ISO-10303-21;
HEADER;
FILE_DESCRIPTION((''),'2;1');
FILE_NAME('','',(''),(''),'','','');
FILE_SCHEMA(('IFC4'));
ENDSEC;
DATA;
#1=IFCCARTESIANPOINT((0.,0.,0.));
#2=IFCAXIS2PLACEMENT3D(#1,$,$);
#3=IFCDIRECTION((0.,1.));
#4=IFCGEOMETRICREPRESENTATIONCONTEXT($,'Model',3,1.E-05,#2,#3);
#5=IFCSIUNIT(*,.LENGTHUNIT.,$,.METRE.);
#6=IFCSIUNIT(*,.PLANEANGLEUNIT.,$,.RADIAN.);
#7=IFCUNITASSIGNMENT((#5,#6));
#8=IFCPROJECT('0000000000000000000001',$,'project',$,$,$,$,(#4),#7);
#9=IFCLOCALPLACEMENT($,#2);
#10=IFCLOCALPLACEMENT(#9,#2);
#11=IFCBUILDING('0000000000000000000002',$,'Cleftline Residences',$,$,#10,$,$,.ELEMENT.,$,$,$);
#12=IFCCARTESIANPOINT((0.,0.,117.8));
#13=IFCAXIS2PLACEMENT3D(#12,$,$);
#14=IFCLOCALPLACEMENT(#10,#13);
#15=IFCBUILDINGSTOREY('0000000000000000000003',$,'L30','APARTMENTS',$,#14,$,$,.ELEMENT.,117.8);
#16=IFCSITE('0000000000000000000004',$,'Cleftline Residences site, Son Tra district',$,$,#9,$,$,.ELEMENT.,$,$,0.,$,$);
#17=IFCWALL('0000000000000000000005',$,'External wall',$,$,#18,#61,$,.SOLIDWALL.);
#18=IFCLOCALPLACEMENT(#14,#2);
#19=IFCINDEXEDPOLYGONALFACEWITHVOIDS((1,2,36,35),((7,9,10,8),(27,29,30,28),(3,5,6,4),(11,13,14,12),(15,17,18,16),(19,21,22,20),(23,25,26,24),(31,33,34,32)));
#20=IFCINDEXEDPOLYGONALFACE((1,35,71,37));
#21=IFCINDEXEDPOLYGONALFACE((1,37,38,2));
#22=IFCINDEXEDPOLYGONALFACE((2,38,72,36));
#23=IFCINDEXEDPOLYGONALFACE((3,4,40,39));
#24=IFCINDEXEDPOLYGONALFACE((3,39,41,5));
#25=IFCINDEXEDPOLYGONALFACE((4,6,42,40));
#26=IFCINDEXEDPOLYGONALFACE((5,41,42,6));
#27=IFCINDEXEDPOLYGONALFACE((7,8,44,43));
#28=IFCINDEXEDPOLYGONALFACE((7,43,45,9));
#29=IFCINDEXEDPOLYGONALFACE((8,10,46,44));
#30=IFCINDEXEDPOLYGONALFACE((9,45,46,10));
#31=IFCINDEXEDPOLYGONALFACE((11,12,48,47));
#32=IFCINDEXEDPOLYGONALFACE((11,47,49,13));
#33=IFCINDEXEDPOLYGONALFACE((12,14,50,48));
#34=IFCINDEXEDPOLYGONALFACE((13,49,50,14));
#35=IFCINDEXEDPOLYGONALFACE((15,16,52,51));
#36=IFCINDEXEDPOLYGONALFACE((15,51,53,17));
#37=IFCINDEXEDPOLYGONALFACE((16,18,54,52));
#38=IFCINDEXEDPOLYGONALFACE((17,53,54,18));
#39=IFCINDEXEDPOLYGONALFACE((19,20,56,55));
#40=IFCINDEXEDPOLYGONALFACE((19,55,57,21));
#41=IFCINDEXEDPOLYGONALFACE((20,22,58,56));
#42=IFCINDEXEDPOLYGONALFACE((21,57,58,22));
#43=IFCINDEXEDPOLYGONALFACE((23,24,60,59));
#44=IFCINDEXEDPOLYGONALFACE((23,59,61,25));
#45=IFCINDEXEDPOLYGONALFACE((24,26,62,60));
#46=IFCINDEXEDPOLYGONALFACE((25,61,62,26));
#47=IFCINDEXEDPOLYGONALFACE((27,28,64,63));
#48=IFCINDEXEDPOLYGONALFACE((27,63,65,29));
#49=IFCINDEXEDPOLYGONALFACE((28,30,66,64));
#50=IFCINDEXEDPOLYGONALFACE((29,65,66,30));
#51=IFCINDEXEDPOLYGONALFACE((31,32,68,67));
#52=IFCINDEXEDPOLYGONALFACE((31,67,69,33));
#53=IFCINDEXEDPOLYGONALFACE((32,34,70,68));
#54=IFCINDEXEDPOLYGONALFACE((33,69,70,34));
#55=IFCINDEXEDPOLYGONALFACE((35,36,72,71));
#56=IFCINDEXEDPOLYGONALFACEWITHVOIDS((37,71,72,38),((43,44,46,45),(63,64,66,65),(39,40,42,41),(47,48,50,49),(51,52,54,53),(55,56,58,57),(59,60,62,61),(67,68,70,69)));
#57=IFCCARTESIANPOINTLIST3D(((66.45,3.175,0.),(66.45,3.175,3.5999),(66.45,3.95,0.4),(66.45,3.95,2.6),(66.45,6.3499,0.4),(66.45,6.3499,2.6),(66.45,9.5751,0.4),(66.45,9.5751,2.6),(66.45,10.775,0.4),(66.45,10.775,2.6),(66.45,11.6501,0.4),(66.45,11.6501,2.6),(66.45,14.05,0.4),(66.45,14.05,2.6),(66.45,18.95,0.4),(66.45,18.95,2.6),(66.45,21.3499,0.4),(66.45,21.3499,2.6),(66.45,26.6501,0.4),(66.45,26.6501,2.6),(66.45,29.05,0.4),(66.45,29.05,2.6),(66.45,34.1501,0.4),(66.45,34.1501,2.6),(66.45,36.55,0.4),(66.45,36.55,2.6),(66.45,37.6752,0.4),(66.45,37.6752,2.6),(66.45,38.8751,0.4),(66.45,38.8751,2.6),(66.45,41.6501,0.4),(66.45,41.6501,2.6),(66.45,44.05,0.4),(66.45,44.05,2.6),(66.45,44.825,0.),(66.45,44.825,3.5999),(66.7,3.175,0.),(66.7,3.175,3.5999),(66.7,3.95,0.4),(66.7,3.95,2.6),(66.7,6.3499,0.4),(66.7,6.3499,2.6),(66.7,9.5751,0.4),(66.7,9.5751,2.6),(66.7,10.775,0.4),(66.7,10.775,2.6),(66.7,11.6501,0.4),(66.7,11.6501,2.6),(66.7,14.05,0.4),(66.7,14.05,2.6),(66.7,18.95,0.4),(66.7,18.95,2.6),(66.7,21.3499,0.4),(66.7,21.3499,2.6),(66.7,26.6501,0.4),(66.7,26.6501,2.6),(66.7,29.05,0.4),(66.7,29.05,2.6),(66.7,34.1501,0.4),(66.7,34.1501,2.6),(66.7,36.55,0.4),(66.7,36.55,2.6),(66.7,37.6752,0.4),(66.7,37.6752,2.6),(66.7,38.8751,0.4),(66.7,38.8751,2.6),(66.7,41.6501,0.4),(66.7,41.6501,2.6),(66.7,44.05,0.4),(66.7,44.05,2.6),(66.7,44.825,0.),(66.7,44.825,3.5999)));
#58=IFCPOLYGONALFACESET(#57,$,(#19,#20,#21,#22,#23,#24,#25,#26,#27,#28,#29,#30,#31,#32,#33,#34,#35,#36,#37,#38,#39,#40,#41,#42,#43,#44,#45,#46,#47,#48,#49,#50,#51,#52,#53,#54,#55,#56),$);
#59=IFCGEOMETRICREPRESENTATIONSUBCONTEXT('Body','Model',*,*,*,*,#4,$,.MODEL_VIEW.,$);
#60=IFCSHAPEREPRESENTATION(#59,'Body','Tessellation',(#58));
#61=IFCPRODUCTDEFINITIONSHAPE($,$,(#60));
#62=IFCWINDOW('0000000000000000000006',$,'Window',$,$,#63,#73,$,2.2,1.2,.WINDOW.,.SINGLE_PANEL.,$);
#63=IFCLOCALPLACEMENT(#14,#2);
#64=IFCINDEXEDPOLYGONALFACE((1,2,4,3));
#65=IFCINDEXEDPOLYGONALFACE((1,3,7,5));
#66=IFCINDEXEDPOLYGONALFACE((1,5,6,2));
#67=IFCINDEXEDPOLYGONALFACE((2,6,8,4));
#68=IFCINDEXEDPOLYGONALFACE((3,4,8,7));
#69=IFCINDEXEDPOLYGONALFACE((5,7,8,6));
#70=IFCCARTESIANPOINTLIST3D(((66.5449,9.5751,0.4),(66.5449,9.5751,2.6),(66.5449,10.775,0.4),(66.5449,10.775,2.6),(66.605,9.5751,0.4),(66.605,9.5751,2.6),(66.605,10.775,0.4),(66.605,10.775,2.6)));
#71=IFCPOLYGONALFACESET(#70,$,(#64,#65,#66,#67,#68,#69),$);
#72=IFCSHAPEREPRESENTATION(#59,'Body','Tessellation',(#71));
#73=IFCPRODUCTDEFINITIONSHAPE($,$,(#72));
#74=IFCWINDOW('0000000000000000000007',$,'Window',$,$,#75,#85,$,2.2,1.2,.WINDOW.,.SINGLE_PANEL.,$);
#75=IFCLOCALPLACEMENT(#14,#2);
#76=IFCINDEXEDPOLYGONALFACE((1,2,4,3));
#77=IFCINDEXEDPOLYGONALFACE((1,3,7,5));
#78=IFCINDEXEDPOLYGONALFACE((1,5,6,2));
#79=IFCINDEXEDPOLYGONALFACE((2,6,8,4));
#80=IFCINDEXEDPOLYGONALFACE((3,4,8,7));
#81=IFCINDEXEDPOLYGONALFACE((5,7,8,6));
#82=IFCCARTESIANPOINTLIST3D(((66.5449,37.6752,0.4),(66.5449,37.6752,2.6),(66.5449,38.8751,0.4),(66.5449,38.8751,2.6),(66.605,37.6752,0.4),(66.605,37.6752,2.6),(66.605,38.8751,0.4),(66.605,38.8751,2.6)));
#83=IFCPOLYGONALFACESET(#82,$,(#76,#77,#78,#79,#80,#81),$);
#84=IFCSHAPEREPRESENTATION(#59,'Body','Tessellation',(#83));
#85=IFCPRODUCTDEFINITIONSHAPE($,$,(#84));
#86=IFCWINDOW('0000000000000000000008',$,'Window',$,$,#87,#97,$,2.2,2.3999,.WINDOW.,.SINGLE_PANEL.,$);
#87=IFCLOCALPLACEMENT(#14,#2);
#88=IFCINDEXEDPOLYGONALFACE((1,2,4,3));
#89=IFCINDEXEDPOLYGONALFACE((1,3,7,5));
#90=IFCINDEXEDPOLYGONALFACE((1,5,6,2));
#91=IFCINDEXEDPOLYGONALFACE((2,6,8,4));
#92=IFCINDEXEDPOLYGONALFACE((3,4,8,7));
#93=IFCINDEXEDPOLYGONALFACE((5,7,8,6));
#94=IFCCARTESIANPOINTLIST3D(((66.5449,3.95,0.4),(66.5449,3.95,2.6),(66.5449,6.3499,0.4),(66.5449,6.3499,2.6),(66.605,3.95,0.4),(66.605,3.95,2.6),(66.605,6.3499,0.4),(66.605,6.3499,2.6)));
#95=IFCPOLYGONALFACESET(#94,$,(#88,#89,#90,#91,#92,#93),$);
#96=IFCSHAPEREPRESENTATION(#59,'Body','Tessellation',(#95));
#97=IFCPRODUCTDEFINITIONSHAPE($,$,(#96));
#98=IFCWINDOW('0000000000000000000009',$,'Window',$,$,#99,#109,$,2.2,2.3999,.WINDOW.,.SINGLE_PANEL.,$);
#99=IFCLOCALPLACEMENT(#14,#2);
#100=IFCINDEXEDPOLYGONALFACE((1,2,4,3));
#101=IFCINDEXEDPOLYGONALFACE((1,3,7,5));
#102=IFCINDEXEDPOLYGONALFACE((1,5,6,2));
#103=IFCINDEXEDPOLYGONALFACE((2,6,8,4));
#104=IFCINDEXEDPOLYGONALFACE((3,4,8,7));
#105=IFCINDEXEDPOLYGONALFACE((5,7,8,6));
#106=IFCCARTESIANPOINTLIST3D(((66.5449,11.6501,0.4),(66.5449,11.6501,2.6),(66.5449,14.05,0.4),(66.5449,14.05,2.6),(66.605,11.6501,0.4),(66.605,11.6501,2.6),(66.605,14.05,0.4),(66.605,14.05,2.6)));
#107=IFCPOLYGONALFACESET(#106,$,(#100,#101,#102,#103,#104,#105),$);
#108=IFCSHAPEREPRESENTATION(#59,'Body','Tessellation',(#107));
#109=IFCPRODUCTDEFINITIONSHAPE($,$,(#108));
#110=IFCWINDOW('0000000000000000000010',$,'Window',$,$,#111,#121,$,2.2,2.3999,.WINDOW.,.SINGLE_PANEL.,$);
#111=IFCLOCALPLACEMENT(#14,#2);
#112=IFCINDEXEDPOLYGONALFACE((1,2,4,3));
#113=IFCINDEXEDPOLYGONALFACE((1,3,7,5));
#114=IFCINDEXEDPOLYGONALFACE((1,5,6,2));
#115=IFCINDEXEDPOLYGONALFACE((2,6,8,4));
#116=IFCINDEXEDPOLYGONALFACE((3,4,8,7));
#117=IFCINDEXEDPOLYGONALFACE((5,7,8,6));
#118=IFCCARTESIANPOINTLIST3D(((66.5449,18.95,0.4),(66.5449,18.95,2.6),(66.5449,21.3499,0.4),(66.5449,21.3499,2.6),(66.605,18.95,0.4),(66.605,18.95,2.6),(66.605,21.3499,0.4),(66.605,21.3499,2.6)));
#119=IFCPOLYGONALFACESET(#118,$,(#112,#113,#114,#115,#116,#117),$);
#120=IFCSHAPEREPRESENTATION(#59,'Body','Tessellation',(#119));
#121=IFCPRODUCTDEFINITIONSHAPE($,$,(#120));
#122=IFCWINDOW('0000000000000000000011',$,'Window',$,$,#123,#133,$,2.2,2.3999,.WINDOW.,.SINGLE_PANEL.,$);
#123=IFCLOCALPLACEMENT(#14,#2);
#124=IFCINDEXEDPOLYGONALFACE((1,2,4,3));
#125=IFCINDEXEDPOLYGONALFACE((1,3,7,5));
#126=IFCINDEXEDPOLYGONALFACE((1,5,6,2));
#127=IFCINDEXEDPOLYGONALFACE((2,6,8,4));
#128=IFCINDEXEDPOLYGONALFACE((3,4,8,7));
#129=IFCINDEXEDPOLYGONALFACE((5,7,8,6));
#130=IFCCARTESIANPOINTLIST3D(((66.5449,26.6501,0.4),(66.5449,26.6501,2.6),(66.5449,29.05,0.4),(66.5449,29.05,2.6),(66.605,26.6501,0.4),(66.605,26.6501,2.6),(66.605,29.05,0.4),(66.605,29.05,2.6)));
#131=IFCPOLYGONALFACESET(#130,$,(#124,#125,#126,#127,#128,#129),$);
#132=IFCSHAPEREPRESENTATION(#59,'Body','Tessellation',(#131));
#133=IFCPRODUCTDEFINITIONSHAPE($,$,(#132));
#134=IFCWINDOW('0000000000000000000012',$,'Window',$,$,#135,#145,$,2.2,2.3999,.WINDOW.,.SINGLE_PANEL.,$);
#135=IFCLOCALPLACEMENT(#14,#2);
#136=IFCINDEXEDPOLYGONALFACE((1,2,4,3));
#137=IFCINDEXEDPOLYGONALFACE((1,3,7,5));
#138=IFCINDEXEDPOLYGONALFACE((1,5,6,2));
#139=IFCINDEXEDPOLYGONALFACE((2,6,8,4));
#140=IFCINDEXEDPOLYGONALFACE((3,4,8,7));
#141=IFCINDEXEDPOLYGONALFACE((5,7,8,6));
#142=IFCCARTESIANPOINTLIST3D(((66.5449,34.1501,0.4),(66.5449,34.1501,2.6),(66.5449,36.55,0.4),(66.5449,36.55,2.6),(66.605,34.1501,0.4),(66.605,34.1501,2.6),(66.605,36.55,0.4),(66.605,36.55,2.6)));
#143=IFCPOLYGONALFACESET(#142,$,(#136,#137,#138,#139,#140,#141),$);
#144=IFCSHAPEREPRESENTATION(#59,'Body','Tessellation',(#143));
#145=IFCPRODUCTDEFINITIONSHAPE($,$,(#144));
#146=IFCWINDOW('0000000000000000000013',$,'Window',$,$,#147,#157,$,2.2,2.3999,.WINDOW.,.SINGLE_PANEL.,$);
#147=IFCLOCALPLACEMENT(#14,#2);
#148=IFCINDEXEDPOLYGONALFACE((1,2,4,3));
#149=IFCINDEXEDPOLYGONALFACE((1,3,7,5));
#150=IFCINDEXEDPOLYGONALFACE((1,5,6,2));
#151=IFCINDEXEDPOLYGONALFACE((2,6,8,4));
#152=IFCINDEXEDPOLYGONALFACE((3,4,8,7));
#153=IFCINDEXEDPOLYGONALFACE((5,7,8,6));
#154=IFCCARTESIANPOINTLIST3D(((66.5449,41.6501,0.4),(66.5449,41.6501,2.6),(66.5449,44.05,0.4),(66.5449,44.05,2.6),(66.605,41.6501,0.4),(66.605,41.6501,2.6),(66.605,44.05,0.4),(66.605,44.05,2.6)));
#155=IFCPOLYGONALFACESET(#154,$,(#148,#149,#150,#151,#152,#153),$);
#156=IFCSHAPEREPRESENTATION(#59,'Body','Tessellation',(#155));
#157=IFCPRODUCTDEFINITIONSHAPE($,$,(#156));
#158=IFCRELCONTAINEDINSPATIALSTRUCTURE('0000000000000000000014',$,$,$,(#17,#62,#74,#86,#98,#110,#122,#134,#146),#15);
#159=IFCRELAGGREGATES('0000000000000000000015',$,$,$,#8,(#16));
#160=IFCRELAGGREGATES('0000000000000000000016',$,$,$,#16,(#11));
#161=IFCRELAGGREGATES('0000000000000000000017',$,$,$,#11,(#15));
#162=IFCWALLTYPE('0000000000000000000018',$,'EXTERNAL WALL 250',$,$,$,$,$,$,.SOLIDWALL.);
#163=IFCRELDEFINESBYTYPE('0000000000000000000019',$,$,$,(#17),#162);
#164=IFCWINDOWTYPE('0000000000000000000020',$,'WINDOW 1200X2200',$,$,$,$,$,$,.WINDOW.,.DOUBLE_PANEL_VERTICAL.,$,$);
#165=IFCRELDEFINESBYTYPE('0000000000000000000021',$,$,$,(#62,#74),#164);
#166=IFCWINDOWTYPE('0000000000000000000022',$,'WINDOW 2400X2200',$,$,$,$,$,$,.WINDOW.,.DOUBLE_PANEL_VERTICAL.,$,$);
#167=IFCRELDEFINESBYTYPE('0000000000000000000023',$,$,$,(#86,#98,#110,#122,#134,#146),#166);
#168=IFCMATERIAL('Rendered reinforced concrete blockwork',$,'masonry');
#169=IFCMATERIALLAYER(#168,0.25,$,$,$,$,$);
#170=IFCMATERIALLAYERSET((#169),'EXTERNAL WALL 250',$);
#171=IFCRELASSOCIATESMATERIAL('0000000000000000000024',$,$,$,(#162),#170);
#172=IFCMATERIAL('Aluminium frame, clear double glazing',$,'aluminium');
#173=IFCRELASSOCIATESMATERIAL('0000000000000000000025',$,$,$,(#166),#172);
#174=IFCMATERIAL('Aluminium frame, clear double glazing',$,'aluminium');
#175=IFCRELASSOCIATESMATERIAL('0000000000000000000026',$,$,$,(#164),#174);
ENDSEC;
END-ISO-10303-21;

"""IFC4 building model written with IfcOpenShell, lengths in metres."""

from ifc_helpers import new_model, si_unit, direction, frame, frame_2d, origin, place, context, subcontext, project, spatial, rectangle, extrude, material, layer, layer_set, type_object, element, fill, save


model = new_model("IFC4")

# Units and contexts
model_context = context("Model", 3, precision=1e-05, world=origin(), true_north=direction((0.0, 1.0)))
body_context = subcontext(model_context, "Body", "Model", "MODEL_VIEW")
ifc_project = project(units=[si_unit("LENGTHUNIT", "METRE"), si_unit("PLANEANGLEUNIT", "RADIAN")], contexts=[model_context])

# Site, building, storey
site_placement = place(None, origin())
site = spatial("IfcSite", under=ifc_project, at=site_placement, Name="Cleftline Residences site, Son Tra district", CompositionType="ELEMENT", RefElevation=0.0)
building_placement = place(site_placement, origin())
building = spatial("IfcBuilding", under=site, at=building_placement, Name="Cleftline Residences", CompositionType="ELEMENT")
storey_placement = place(building_placement, frame((0.0, 0.0, 117.8)))
storey = spatial("IfcBuildingStorey", under=building, at=storey_placement, Name="L30", Description="APARTMENTS", CompositionType="ELEMENT", Elevation=117.8)

# Shared definitions
ifc_material_1 = material(Name="Rendered reinforced concrete blockwork", Category="masonry")
ifc_layer_1 = layer(ifc_material_1, 0.25)
ifc_layer_set_1 = layer_set([ifc_layer_1], Name="EXTERNAL WALL 250")
wall_type_1 = type_object("IfcWallType", Name="EXTERNAL WALL 250", PredefinedType="SOLIDWALL", material=ifc_layer_set_1)
ifc_material_2 = material(Name="Aluminium frame, clear double glazing", Category="aluminium")
window_type_1 = type_object("IfcWindowType", Name="WINDOW 2400X2200", PartitioningType="DOUBLE_PANEL_VERTICAL", PredefinedType="WINDOW", material=ifc_material_2)

# Wall, openings, windows
wall_1_placement = place(storey_placement, frame((66.575, 3.175, 0.0), z_axis=(0.0, 0.0, 1.0), x_axis=(0.0, 1.0, 0.0)))
wall_1 = element("IfcWall", 1, at=wall_1_placement, inside=storey, type_object=wall_type_1, Name="External wall", PredefinedType="SOLIDWALL", context=body_context, shape_type="SweptSolid", body=[
    extrude(rectangle(XDim=41.6499, YDim=0.25, at=frame_2d((20.825, 0.0))), origin(), (0.0, 0.0, 1.0), 3.5999),
])
opening_1_placement = place(wall_1_placement, frame((0.7749, 0.0, 0.3999)))
opening_1 = element("IfcOpeningElement", 2, at=opening_1_placement, cuts=wall_1, PredefinedType="OPENING", context=body_context, shape_type="SweptSolid", body=[
    extrude(rectangle(XDim=2.3999, YDim=2.2, at=frame_2d((1.2, 1.1001))), frame((0.0, 0.135, 0.0), z_axis=(0.0, -1.0, 0.0), x_axis=(1.0, 0.0, 0.0)), (0.0, 0.0, 1.0), 0.27),
])
opening_2_placement = place(wall_1_placement, frame((6.3999, 0.0, 0.3999)))
opening_2 = element("IfcOpeningElement", 3, at=opening_2_placement, cuts=wall_1, PredefinedType="OPENING", context=body_context, shape_type="SweptSolid", body=[
    extrude(rectangle(XDim=1.2, YDim=2.2, at=frame_2d((0.6001, 1.1001))), frame((0.0, 0.135, 0.0), z_axis=(0.0, -1.0, 0.0), x_axis=(1.0, 0.0, 0.0)), (0.0, 0.0, 1.0), 0.27),
])
opening_3_placement = place(wall_1_placement, frame((8.4751, 0.0, 0.3999)))
opening_3 = element("IfcOpeningElement", 4, at=opening_3_placement, cuts=wall_1, PredefinedType="OPENING", context=body_context, shape_type="SweptSolid", body=[
    extrude(rectangle(XDim=2.3999, YDim=2.2, at=frame_2d((1.2, 1.1001))), frame((0.0, 0.135, 0.0), z_axis=(0.0, -1.0, 0.0), x_axis=(1.0, 0.0, 0.0)), (0.0, 0.0, 1.0), 0.27),
])
opening_4_placement = place(wall_1_placement, frame((15.7749, 0.0, 0.3999)))
opening_4 = element("IfcOpeningElement", 5, at=opening_4_placement, cuts=wall_1, PredefinedType="OPENING", context=body_context, shape_type="SweptSolid", body=[
    extrude(rectangle(XDim=2.3999, YDim=2.2, at=frame_2d((1.2, 1.1001))), frame((0.0, 0.135, 0.0), z_axis=(0.0, -1.0, 0.0), x_axis=(1.0, 0.0, 0.0)), (0.0, 0.0, 1.0), 0.27),
])
opening_5_placement = place(wall_1_placement, frame((23.4751, 0.0, 0.3999)))
opening_5 = element("IfcOpeningElement", 6, at=opening_5_placement, cuts=wall_1, PredefinedType="OPENING", context=body_context, shape_type="SweptSolid", body=[
    extrude(rectangle(XDim=2.3999, YDim=2.2, at=frame_2d((1.2, 1.1001))), frame((0.0, 0.135, 0.0), z_axis=(0.0, -1.0, 0.0), x_axis=(1.0, 0.0, 0.0)), (0.0, 0.0, 1.0), 0.27),
])
opening_6_placement = place(wall_1_placement, frame((30.9751, 0.0, 0.3999)))
opening_6 = element("IfcOpeningElement", 7, at=opening_6_placement, cuts=wall_1, PredefinedType="OPENING", context=body_context, shape_type="SweptSolid", body=[
    extrude(rectangle(XDim=2.3999, YDim=2.2, at=frame_2d((1.2, 1.1001))), frame((0.0, 0.135, 0.0), z_axis=(0.0, -1.0, 0.0), x_axis=(1.0, 0.0, 0.0)), (0.0, 0.0, 1.0), 0.27),
])
opening_7_placement = place(wall_1_placement, frame((34.5, 0.0, 0.3999)))
opening_7 = element("IfcOpeningElement", 8, at=opening_7_placement, cuts=wall_1, PredefinedType="OPENING", context=body_context, shape_type="SweptSolid", body=[
    extrude(rectangle(XDim=1.2, YDim=2.2, at=frame_2d((0.6001, 1.1001))), frame((0.0, 0.135, 0.0), z_axis=(0.0, -1.0, 0.0), x_axis=(1.0, 0.0, 0.0)), (0.0, 0.0, 1.0), 0.27),
])
opening_8_placement = place(wall_1_placement, frame((38.4751, 0.0, 0.3999)))
opening_8 = element("IfcOpeningElement", 9, at=opening_8_placement, cuts=wall_1, PredefinedType="OPENING", context=body_context, shape_type="SweptSolid", body=[
    extrude(rectangle(XDim=2.3999, YDim=2.2, at=frame_2d((1.2, 1.1001))), frame((0.0, 0.135, 0.0), z_axis=(0.0, -1.0, 0.0), x_axis=(1.0, 0.0, 0.0)), (0.0, 0.0, 1.0), 0.27),
])
ifc_material_3 = material(Name="Aluminium frame, clear double glazing", Category="aluminium")
window_type_2 = type_object("IfcWindowType", Name="WINDOW 1200X2200", PartitioningType="DOUBLE_PANEL_VERTICAL", PredefinedType="WINDOW", material=ifc_material_3)
window_1_placement = place(opening_2_placement, origin())
window_1 = element("IfcWindow", 10, at=window_1_placement, inside=storey, type_object=window_type_2, Name="Window", OverallHeight=2.2, OverallWidth=1.2, PartitioningType="SINGLE_PANEL", PredefinedType="WINDOW", context=body_context, shape_type="SweptSolid", body=[
    extrude(rectangle(XDim=1.2, YDim=2.2, at=frame_2d((0.6001, 1.1001))), frame((0.0, 0.03, 0.0), z_axis=(0.0, -1.0, 0.0), x_axis=(1.0, 0.0, 0.0)), (0.0, 0.0, 1.0), 0.0601),
])
fill(opening_2, window_1)
window_2_placement = place(opening_7_placement, origin())
window_2 = element("IfcWindow", 11, at=window_2_placement, inside=storey, type_object=window_type_2, Name="Window", OverallHeight=2.2, OverallWidth=1.2, PartitioningType="SINGLE_PANEL", PredefinedType="WINDOW", context=body_context, shape_type="SweptSolid", body=[
    extrude(rectangle(XDim=1.2, YDim=2.2, at=frame_2d((0.6001, 1.1001))), frame((0.0, 0.03, 0.0), z_axis=(0.0, -1.0, 0.0), x_axis=(1.0, 0.0, 0.0)), (0.0, 0.0, 1.0), 0.0601),
])
fill(opening_7, window_2)
window_3_placement = place(opening_1_placement, origin())
window_3 = element("IfcWindow", 12, at=window_3_placement, inside=storey, type_object=window_type_1, Name="Window", OverallHeight=2.2, OverallWidth=2.3999, PartitioningType="SINGLE_PANEL", PredefinedType="WINDOW", context=body_context, shape_type="SweptSolid", body=[
    extrude(rectangle(XDim=2.3999, YDim=2.2, at=frame_2d((1.2, 1.1001))), frame((0.0, 0.03, 0.0), z_axis=(0.0, -1.0, 0.0), x_axis=(1.0, 0.0, 0.0)), (0.0, 0.0, 1.0), 0.0601),
])
fill(opening_1, window_3)
window_4_placement = place(opening_3_placement, origin())
window_4 = element("IfcWindow", 13, at=window_4_placement, inside=storey, type_object=window_type_1, Name="Window", OverallHeight=2.2, OverallWidth=2.3999, PartitioningType="SINGLE_PANEL", PredefinedType="WINDOW", context=body_context, shape_type="SweptSolid", body=[
    extrude(rectangle(XDim=2.3999, YDim=2.2, at=frame_2d((1.2, 1.1001))), frame((0.0, 0.03, 0.0), z_axis=(0.0, -1.0, 0.0), x_axis=(1.0, 0.0, 0.0)), (0.0, 0.0, 1.0), 0.0601),
])
fill(opening_3, window_4)
window_5_placement = place(opening_4_placement, origin())
window_5 = element("IfcWindow", 14, at=window_5_placement, inside=storey, type_object=window_type_1, Name="Window", OverallHeight=2.2, OverallWidth=2.3999, PartitioningType="SINGLE_PANEL", PredefinedType="WINDOW", context=body_context, shape_type="SweptSolid", body=[
    extrude(rectangle(XDim=2.3999, YDim=2.2, at=frame_2d((1.2, 1.1001))), frame((0.0, 0.03, 0.0), z_axis=(0.0, -1.0, 0.0), x_axis=(1.0, 0.0, 0.0)), (0.0, 0.0, 1.0), 0.0601),
])
fill(opening_4, window_5)
window_6_placement = place(opening_5_placement, origin())
window_6 = element("IfcWindow", 15, at=window_6_placement, inside=storey, type_object=window_type_1, Name="Window", OverallHeight=2.2, OverallWidth=2.3999, PartitioningType="SINGLE_PANEL", PredefinedType="WINDOW", context=body_context, shape_type="SweptSolid", body=[
    extrude(rectangle(XDim=2.3999, YDim=2.2, at=frame_2d((1.2, 1.1001))), frame((0.0, 0.03, 0.0), z_axis=(0.0, -1.0, 0.0), x_axis=(1.0, 0.0, 0.0)), (0.0, 0.0, 1.0), 0.0601),
])
fill(opening_5, window_6)
window_7_placement = place(opening_6_placement, origin())
window_7 = element("IfcWindow", 16, at=window_7_placement, inside=storey, type_object=window_type_1, Name="Window", OverallHeight=2.2, OverallWidth=2.3999, PartitioningType="SINGLE_PANEL", PredefinedType="WINDOW", context=body_context, shape_type="SweptSolid", body=[
    extrude(rectangle(XDim=2.3999, YDim=2.2, at=frame_2d((1.2, 1.1001))), frame((0.0, 0.03, 0.0), z_axis=(0.0, -1.0, 0.0), x_axis=(1.0, 0.0, 0.0)), (0.0, 0.0, 1.0), 0.0601),
])
fill(opening_6, window_7)
window_8_placement = place(opening_8_placement, origin())
window_8 = element("IfcWindow", 17, at=window_8_placement, inside=storey, type_object=window_type_1, Name="Window", OverallHeight=2.2, OverallWidth=2.3999, PartitioningType="SINGLE_PANEL", PredefinedType="WINDOW", context=body_context, shape_type="SweptSolid", body=[
    extrude(rectangle(XDim=2.3999, YDim=2.2, at=frame_2d((1.2, 1.1001))), frame((0.0, 0.03, 0.0), z_axis=(0.0, -1.0, 0.0), x_axis=(1.0, 0.0, 0.0)), (0.0, 0.0, 1.0), 0.0601),
])
fill(opening_8, window_8)

save(model, "model.ifc")
